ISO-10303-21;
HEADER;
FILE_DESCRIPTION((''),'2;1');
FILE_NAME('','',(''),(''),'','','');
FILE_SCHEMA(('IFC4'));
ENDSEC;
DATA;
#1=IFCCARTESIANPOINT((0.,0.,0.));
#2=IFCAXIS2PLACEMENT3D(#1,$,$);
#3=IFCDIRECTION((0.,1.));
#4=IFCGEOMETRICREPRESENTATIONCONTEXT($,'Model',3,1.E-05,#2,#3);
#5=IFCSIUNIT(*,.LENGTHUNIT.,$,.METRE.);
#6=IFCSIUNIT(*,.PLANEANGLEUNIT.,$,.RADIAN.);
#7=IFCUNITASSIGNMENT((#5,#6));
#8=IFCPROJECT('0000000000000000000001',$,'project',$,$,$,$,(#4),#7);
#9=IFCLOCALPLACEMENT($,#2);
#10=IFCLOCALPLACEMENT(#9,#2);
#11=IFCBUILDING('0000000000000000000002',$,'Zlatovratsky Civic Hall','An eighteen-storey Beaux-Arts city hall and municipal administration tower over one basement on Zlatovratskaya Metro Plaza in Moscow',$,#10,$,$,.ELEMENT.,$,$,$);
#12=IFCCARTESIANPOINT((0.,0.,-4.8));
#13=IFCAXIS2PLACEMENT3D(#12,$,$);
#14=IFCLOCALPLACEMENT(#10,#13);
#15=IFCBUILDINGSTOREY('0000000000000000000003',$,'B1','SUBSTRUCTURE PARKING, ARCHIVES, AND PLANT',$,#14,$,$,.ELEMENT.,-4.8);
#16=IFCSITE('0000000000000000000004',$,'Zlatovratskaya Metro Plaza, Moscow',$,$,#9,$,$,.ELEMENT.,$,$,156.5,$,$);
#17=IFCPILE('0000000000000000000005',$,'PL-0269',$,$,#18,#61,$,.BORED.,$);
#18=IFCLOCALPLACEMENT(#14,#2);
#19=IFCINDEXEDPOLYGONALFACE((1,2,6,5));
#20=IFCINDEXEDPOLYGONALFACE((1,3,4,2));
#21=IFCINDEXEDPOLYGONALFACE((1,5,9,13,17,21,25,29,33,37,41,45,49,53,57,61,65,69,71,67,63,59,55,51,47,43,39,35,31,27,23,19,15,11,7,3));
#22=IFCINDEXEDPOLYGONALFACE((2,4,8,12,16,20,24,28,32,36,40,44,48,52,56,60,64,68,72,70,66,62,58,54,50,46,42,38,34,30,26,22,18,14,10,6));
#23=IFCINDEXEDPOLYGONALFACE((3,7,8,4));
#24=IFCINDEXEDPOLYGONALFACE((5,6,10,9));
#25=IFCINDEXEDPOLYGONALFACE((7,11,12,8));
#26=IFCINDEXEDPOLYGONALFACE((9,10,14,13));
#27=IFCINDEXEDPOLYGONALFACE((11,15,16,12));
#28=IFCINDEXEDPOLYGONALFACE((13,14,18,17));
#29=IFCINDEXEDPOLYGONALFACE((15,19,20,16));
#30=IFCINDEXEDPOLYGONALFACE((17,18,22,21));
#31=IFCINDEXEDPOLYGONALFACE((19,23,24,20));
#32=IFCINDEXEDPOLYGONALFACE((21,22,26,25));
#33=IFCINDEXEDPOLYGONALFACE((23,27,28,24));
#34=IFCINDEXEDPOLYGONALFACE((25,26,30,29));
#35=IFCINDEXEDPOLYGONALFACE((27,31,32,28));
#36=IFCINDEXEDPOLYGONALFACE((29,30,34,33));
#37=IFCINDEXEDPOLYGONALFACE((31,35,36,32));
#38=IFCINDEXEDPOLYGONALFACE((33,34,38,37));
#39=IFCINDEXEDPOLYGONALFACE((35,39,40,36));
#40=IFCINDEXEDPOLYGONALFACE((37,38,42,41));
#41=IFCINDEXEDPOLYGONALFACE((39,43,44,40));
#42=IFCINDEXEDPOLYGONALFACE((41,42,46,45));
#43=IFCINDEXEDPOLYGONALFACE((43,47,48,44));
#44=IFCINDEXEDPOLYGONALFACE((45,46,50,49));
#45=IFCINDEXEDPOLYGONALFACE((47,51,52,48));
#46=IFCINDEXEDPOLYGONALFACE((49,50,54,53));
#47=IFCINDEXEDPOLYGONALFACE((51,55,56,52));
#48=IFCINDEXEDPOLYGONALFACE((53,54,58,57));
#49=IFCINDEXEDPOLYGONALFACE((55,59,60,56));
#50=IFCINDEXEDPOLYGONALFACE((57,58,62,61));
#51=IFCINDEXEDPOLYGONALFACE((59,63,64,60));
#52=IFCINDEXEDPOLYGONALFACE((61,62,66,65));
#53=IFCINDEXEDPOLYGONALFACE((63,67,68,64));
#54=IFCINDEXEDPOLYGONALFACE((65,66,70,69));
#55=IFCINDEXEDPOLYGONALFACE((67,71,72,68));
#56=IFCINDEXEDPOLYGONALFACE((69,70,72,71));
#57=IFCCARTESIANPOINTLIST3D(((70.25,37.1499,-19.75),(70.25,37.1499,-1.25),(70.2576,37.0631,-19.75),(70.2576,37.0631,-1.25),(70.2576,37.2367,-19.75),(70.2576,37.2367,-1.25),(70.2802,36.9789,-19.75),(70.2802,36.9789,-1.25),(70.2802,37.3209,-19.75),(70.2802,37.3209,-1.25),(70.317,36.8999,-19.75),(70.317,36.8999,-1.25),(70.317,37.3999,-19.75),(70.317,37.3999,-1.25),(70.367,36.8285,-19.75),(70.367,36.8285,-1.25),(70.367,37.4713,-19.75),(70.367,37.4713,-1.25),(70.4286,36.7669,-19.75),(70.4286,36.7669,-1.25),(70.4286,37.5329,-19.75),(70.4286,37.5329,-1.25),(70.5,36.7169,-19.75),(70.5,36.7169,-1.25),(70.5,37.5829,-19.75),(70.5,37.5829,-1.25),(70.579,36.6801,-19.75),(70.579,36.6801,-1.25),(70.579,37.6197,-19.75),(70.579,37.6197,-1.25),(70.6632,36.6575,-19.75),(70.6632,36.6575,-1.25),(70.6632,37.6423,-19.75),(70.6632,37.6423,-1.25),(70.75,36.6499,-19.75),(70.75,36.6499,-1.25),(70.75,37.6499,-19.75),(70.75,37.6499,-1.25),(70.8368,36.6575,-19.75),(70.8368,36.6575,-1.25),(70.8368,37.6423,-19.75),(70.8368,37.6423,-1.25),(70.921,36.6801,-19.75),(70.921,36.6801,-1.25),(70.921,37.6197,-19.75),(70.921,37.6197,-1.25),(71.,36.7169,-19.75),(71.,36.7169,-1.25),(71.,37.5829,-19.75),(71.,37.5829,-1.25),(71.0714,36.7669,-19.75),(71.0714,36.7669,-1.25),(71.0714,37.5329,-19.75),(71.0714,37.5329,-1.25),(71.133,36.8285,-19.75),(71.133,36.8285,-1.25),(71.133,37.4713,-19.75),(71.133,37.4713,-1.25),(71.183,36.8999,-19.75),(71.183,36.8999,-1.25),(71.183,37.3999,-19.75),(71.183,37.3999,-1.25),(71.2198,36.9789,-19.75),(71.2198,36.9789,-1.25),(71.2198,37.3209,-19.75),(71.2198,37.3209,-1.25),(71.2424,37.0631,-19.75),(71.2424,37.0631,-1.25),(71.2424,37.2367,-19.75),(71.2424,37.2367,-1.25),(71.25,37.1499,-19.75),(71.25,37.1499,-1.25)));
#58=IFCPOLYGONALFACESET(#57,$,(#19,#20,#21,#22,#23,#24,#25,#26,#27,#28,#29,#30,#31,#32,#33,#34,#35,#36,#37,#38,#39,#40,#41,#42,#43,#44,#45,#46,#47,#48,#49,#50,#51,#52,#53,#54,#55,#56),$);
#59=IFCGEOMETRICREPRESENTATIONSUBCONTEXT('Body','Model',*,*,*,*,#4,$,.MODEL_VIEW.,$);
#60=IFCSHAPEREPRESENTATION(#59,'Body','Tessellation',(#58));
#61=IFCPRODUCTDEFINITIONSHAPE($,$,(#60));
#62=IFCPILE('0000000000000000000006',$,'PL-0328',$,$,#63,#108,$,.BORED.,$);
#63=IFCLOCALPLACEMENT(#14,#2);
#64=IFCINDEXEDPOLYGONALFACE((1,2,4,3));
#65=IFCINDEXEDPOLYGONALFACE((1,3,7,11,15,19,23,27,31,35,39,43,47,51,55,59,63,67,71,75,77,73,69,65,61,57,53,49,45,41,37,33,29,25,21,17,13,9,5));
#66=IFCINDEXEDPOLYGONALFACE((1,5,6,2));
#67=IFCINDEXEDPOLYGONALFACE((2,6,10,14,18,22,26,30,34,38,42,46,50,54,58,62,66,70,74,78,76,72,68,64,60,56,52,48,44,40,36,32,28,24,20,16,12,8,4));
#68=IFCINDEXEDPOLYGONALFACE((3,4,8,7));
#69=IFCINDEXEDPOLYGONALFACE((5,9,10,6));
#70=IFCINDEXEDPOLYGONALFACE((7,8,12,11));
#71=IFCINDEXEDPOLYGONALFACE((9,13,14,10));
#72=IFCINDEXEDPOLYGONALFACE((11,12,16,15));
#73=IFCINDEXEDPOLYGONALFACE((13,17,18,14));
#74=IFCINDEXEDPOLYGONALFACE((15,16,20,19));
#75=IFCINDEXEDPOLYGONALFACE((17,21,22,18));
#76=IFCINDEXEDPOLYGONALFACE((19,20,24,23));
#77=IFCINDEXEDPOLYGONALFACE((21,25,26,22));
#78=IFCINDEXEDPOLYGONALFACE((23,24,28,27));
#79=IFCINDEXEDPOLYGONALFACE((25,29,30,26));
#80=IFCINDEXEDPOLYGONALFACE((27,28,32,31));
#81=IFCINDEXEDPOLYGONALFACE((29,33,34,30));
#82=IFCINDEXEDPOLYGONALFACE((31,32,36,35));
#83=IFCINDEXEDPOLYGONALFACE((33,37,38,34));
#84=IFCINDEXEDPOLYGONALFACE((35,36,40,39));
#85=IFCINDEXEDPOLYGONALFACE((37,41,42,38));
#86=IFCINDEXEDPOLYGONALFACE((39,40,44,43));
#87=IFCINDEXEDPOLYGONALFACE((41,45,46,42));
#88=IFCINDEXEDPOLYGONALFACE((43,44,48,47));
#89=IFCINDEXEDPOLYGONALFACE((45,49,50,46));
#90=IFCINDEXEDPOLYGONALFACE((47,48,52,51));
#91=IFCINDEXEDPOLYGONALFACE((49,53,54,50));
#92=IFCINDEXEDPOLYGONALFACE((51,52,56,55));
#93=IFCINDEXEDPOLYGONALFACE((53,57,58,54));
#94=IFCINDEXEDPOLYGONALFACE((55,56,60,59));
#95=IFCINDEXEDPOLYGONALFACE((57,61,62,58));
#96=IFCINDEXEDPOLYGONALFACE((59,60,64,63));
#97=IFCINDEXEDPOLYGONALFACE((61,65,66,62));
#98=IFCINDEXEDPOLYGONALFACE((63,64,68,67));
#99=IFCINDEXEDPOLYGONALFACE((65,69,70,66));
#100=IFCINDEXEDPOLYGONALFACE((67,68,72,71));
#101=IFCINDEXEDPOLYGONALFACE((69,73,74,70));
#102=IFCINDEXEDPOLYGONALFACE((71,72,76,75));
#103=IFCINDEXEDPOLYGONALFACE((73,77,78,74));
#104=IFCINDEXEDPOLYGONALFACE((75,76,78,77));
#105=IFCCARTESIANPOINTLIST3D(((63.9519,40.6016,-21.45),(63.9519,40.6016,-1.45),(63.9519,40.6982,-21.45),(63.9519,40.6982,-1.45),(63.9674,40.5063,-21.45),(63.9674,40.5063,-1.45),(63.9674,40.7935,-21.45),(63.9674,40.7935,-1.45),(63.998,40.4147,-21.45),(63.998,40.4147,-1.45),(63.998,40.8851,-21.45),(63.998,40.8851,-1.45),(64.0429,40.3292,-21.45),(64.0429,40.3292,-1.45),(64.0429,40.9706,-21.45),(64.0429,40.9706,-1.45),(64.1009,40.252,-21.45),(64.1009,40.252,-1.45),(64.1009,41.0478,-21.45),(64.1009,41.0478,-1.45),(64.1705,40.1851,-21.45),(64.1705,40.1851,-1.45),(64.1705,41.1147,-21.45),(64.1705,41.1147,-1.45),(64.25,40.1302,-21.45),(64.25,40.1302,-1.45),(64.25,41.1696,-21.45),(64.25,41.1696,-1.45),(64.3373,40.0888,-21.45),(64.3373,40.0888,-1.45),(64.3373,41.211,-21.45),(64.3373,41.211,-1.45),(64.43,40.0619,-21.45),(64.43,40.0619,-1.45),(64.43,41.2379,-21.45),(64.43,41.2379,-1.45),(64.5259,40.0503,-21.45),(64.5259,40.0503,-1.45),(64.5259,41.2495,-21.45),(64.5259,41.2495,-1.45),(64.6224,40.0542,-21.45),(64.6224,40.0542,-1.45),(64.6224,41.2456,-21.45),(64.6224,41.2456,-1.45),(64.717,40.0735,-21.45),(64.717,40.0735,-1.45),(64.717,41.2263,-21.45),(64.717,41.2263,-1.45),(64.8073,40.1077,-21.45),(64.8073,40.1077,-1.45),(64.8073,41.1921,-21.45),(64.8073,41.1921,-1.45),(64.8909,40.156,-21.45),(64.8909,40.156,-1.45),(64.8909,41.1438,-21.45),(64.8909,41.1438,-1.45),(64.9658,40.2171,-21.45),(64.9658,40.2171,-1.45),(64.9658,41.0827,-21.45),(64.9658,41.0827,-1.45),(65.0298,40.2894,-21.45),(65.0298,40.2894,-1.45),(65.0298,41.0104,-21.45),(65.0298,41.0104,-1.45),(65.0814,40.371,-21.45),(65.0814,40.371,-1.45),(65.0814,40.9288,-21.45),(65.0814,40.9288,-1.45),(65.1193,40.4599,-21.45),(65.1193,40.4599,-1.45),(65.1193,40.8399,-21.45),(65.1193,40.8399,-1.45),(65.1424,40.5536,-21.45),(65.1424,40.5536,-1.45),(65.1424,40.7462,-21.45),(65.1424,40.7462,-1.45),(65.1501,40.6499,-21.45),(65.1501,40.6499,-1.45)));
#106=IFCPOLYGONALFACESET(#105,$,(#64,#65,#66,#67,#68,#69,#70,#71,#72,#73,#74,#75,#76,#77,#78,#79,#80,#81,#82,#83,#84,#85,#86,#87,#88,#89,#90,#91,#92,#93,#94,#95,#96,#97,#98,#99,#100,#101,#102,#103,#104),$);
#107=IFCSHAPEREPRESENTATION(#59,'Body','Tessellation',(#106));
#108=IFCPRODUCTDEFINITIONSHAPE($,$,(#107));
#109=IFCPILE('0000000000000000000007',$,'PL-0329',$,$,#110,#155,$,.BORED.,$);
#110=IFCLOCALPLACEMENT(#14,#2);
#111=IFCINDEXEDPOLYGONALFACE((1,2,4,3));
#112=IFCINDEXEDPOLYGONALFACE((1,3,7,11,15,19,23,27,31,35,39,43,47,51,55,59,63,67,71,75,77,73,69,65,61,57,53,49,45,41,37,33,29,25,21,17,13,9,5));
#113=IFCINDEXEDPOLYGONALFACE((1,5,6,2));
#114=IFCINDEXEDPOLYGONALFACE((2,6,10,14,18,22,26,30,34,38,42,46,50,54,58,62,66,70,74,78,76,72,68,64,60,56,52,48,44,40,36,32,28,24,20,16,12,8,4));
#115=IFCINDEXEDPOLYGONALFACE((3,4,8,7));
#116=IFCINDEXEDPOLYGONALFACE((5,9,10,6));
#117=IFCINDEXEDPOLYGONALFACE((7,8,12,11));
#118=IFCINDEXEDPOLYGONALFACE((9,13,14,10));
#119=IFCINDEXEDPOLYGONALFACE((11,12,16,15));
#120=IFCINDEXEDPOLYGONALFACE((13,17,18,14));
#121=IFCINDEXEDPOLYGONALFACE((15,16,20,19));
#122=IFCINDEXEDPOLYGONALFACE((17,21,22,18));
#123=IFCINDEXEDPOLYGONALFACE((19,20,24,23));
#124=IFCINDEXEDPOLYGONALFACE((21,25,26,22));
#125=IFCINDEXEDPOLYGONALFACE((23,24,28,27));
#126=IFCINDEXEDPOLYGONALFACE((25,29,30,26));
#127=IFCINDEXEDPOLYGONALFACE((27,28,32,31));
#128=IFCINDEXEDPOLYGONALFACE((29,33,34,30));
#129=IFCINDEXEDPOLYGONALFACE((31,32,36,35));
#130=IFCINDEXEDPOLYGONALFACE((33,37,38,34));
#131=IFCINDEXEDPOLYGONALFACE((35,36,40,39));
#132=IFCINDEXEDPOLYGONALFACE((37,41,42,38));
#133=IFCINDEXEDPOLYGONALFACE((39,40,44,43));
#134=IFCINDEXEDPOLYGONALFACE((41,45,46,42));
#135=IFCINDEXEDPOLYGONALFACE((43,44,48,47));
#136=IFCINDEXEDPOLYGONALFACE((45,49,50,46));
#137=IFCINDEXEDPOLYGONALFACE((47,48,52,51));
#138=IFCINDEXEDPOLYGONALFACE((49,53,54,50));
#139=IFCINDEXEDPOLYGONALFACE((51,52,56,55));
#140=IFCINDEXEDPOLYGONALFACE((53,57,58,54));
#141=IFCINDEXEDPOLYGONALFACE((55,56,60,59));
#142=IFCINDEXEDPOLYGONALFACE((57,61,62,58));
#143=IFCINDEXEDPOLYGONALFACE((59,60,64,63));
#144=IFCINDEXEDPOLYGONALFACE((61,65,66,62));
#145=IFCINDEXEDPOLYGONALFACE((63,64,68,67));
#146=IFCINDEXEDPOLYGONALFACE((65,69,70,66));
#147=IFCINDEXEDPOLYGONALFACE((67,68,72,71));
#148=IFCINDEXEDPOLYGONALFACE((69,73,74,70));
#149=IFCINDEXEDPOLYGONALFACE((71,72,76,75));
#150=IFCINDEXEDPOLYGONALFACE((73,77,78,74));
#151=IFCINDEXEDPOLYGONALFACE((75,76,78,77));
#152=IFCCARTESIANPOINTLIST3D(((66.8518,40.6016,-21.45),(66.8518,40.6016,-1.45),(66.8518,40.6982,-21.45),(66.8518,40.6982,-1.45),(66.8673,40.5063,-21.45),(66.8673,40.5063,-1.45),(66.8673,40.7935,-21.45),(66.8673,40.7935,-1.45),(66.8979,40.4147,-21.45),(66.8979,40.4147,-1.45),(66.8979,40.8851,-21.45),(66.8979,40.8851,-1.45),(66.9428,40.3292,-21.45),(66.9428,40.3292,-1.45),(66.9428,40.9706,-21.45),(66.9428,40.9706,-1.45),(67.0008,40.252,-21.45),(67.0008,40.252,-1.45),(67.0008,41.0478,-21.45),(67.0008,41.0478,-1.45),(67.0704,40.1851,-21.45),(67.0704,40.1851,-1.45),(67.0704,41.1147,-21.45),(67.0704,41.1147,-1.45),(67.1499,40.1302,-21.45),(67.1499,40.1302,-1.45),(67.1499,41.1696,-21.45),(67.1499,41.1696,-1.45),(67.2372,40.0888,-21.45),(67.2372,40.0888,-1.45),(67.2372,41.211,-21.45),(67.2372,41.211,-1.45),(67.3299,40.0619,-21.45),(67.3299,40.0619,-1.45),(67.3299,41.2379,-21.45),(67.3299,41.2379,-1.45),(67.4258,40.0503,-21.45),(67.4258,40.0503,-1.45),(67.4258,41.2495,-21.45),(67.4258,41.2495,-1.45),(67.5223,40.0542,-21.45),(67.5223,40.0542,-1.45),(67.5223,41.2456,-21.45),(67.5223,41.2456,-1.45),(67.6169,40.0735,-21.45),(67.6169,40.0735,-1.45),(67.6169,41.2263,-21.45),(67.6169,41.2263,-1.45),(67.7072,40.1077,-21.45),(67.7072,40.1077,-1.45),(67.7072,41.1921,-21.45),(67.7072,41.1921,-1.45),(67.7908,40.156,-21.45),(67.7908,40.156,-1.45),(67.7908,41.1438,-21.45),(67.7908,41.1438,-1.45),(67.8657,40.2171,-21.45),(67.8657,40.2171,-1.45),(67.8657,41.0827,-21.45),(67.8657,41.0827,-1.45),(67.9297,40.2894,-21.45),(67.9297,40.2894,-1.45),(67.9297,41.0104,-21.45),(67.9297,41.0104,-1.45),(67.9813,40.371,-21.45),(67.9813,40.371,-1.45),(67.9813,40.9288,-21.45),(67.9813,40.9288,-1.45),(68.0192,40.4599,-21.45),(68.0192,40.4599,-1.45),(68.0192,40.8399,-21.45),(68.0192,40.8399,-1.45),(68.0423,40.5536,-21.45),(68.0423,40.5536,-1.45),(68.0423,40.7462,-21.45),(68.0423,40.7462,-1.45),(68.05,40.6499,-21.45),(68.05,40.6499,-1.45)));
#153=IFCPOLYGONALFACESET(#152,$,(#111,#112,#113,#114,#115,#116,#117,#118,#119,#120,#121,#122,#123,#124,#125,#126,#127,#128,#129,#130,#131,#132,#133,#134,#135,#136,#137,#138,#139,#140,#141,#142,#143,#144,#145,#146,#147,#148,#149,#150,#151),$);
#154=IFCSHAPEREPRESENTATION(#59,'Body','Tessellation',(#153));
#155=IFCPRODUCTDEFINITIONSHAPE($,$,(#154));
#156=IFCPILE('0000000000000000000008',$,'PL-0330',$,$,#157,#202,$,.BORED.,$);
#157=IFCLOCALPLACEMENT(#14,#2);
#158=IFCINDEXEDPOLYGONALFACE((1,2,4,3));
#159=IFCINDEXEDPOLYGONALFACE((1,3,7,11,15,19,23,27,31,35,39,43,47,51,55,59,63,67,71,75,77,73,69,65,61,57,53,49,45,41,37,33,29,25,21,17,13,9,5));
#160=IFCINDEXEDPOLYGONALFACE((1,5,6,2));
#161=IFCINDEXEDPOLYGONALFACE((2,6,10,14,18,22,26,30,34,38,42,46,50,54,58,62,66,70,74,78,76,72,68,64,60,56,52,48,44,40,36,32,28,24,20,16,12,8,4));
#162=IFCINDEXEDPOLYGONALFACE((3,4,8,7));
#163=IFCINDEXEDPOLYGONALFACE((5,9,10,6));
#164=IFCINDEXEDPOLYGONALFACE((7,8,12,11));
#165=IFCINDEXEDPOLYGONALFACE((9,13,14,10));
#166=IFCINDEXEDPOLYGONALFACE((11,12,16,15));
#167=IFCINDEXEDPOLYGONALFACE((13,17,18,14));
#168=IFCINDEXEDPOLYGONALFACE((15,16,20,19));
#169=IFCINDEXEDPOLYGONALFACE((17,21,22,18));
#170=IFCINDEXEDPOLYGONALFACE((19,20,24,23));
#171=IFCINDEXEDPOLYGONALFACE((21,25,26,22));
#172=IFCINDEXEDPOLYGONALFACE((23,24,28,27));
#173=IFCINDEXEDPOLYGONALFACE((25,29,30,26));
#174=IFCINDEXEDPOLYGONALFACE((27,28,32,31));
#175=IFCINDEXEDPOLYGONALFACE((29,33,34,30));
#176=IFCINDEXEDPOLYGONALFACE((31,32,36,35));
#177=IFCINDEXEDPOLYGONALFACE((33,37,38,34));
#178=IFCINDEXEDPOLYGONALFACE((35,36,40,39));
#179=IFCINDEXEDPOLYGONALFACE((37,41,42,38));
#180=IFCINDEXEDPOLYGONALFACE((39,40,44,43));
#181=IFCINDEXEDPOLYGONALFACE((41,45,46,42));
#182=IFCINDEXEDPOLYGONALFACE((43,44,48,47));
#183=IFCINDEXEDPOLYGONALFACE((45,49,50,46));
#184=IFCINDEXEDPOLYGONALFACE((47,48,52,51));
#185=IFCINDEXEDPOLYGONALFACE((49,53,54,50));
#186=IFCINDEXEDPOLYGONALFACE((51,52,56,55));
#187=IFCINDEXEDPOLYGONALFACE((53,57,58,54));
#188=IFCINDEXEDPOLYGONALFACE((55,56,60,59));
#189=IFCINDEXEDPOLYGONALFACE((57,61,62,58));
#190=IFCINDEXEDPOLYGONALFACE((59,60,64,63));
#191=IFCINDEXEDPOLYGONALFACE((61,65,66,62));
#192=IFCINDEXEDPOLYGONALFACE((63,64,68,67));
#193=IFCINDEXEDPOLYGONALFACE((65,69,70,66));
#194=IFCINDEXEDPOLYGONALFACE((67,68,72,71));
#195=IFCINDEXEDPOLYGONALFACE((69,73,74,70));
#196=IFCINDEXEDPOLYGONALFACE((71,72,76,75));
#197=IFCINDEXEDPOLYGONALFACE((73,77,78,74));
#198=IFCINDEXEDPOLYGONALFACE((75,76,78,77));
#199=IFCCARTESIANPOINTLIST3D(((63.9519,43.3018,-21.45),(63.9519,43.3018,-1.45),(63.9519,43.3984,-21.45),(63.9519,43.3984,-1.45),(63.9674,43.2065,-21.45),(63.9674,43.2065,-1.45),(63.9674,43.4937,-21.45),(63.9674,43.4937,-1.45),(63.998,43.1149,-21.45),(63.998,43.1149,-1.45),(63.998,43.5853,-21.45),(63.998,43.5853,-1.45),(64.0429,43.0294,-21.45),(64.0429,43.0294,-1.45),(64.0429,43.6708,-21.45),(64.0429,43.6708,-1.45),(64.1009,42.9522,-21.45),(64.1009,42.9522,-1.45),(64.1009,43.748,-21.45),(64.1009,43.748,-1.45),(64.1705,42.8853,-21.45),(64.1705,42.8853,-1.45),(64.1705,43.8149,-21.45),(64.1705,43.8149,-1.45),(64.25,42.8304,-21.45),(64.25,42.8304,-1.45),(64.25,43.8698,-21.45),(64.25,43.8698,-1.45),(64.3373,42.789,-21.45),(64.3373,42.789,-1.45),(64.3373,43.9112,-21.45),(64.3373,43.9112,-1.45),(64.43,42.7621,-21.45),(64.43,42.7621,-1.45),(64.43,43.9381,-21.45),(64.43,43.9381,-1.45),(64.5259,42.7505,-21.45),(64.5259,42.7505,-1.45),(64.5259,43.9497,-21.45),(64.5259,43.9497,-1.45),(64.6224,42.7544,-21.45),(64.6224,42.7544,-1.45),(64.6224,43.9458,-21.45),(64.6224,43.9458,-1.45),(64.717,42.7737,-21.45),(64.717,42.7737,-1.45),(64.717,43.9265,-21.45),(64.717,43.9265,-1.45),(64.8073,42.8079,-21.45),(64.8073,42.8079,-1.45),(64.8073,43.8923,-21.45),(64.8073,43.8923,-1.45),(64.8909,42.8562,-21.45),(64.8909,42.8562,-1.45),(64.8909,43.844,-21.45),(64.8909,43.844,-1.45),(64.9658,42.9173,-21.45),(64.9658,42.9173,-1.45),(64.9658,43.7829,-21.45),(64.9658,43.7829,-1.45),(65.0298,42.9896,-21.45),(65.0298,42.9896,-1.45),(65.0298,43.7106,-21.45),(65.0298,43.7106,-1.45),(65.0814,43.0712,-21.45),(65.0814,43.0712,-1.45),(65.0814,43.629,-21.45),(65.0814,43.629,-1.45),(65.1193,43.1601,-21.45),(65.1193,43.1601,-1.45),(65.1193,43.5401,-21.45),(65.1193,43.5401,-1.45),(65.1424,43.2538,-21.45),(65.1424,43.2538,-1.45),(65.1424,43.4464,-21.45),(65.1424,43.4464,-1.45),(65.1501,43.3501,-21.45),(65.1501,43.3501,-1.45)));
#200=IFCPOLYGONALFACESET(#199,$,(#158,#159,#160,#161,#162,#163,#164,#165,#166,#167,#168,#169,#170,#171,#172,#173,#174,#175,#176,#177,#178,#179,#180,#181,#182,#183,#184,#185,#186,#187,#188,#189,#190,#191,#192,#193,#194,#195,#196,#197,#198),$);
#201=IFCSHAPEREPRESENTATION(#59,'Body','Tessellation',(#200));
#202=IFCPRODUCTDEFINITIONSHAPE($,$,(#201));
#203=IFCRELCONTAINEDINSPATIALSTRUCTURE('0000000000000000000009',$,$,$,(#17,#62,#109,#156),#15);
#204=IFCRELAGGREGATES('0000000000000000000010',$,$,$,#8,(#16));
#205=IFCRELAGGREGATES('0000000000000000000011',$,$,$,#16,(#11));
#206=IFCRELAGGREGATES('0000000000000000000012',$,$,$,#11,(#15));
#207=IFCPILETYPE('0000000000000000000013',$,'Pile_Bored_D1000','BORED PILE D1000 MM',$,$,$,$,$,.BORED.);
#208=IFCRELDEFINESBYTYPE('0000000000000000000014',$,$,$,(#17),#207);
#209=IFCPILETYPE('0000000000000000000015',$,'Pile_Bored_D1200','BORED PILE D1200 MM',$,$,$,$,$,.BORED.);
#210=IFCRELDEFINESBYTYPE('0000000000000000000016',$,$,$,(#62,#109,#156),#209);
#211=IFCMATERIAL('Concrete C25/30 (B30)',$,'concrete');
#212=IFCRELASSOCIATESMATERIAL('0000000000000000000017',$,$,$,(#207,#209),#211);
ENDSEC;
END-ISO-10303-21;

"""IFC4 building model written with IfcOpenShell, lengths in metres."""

from ifc_helpers import new_model, si_unit, direction, frame, origin, origin_2d, place, context, subcontext, project, spatial, circle, extrude, material, material_profile, profile_set, type_object, element, save


model = new_model("IFC4")

# Units and contexts
model_context = context("Model", 3, precision=1e-05, world=origin(), true_north=direction((0.0, 1.0)))
body_context = subcontext(model_context, "Body", "Model", "MODEL_VIEW")
ifc_project = project(units=[si_unit("LENGTHUNIT", "METRE"), si_unit("PLANEANGLEUNIT", "RADIAN")], contexts=[model_context])

# Site, building, storey
site_placement = place(None, origin())
site = spatial("IfcSite", under=ifc_project, at=site_placement, Name="Zlatovratskaya Metro Plaza, Moscow", CompositionType="ELEMENT", RefElevation=156.5)
building_placement = place(site_placement, origin())
building = spatial("IfcBuilding", under=site, at=building_placement, Name="Zlatovratsky Civic Hall", Description="An eighteen-storey Beaux-Arts city hall and municipal administration tower over one basement on Zlatovratskaya Metro Plaza in Moscow", CompositionType="ELEMENT")
storey_placement = place(building_placement, frame((0.0, 0.0, -4.8)))
storey = spatial("IfcBuildingStorey", under=building, at=storey_placement, Name="B1", Description="SUBSTRUCTURE PARKING, ARCHIVES, AND PLANT", CompositionType="ELEMENT", Elevation=-4.8)

# Shared definitions
ifc_material_1 = material(Name="Concrete C25/30 (B30)", Category="concrete")

# Piles
ifc_material_profile_1 = material_profile(ifc_material_1, circle(Radius=0.5, at=origin_2d()), Name="PILE D1000")
ifc_profile_set_1 = profile_set([ifc_material_profile_1], Name="Concrete C25/30 (B30)")
pile_type_1 = type_object("IfcPileType", Name="Pile_Bored_D1000", Description="BORED PILE D1000 MM", PredefinedType="BORED", material=ifc_profile_set_1)
for number, where, z_axis, x_axis, name in (
    (1, (70.75, 37.1499, -1.25), (0.0, 0.0, -1.0), (1.0, 0.0, 0.0), "PL-0269"),
):
    element("IfcPile", number, at=place(storey_placement, frame(where, z_axis=z_axis, x_axis=x_axis)), inside=storey, type_object=pile_type_1, Name=name, PredefinedType="BORED", context=body_context, shape_type="SweptSolid", body=[
        extrude(circle(Radius=0.5, at=origin_2d()), origin(), (0.0, 0.0, 1.0), 18.5),
    ])
ifc_material_profile_2 = material_profile(ifc_material_1, circle(Radius=0.6001, at=origin_2d()), Name="PILE D1200")
ifc_profile_set_2 = profile_set([ifc_material_profile_2], Name="Concrete C25/30 (B30)")
pile_type_2 = type_object("IfcPileType", Name="Pile_Bored_D1200", Description="BORED PILE D1200 MM", PredefinedType="BORED", material=ifc_profile_set_2)
for number, where, z_axis, x_axis, name in (
    (2, (64.55, 40.6499, -1.45), (0.0, 0.0, -1.0), (1.0, 0.0, 0.0), "PL-0328"),
    (3, (67.45, 40.6499, -1.45), (0.0, 0.0, -1.0), (1.0, 0.0, 0.0), "PL-0329"),
    (4, (64.55, 43.3501, -1.45), (0.0, 0.0, -1.0), (1.0, 0.0, 0.0), "PL-0330"),
):
    element("IfcPile", number, at=place(storey_placement, frame(where, z_axis=z_axis, x_axis=x_axis)), inside=storey, type_object=pile_type_2, Name=name, PredefinedType="BORED", context=body_context, shape_type="SweptSolid", body=[
        extrude(circle(Radius=0.6001, at=origin_2d()), origin(), (0.0, 0.0, 1.0), 20.0),
    ])

save(model, "model.ifc")
